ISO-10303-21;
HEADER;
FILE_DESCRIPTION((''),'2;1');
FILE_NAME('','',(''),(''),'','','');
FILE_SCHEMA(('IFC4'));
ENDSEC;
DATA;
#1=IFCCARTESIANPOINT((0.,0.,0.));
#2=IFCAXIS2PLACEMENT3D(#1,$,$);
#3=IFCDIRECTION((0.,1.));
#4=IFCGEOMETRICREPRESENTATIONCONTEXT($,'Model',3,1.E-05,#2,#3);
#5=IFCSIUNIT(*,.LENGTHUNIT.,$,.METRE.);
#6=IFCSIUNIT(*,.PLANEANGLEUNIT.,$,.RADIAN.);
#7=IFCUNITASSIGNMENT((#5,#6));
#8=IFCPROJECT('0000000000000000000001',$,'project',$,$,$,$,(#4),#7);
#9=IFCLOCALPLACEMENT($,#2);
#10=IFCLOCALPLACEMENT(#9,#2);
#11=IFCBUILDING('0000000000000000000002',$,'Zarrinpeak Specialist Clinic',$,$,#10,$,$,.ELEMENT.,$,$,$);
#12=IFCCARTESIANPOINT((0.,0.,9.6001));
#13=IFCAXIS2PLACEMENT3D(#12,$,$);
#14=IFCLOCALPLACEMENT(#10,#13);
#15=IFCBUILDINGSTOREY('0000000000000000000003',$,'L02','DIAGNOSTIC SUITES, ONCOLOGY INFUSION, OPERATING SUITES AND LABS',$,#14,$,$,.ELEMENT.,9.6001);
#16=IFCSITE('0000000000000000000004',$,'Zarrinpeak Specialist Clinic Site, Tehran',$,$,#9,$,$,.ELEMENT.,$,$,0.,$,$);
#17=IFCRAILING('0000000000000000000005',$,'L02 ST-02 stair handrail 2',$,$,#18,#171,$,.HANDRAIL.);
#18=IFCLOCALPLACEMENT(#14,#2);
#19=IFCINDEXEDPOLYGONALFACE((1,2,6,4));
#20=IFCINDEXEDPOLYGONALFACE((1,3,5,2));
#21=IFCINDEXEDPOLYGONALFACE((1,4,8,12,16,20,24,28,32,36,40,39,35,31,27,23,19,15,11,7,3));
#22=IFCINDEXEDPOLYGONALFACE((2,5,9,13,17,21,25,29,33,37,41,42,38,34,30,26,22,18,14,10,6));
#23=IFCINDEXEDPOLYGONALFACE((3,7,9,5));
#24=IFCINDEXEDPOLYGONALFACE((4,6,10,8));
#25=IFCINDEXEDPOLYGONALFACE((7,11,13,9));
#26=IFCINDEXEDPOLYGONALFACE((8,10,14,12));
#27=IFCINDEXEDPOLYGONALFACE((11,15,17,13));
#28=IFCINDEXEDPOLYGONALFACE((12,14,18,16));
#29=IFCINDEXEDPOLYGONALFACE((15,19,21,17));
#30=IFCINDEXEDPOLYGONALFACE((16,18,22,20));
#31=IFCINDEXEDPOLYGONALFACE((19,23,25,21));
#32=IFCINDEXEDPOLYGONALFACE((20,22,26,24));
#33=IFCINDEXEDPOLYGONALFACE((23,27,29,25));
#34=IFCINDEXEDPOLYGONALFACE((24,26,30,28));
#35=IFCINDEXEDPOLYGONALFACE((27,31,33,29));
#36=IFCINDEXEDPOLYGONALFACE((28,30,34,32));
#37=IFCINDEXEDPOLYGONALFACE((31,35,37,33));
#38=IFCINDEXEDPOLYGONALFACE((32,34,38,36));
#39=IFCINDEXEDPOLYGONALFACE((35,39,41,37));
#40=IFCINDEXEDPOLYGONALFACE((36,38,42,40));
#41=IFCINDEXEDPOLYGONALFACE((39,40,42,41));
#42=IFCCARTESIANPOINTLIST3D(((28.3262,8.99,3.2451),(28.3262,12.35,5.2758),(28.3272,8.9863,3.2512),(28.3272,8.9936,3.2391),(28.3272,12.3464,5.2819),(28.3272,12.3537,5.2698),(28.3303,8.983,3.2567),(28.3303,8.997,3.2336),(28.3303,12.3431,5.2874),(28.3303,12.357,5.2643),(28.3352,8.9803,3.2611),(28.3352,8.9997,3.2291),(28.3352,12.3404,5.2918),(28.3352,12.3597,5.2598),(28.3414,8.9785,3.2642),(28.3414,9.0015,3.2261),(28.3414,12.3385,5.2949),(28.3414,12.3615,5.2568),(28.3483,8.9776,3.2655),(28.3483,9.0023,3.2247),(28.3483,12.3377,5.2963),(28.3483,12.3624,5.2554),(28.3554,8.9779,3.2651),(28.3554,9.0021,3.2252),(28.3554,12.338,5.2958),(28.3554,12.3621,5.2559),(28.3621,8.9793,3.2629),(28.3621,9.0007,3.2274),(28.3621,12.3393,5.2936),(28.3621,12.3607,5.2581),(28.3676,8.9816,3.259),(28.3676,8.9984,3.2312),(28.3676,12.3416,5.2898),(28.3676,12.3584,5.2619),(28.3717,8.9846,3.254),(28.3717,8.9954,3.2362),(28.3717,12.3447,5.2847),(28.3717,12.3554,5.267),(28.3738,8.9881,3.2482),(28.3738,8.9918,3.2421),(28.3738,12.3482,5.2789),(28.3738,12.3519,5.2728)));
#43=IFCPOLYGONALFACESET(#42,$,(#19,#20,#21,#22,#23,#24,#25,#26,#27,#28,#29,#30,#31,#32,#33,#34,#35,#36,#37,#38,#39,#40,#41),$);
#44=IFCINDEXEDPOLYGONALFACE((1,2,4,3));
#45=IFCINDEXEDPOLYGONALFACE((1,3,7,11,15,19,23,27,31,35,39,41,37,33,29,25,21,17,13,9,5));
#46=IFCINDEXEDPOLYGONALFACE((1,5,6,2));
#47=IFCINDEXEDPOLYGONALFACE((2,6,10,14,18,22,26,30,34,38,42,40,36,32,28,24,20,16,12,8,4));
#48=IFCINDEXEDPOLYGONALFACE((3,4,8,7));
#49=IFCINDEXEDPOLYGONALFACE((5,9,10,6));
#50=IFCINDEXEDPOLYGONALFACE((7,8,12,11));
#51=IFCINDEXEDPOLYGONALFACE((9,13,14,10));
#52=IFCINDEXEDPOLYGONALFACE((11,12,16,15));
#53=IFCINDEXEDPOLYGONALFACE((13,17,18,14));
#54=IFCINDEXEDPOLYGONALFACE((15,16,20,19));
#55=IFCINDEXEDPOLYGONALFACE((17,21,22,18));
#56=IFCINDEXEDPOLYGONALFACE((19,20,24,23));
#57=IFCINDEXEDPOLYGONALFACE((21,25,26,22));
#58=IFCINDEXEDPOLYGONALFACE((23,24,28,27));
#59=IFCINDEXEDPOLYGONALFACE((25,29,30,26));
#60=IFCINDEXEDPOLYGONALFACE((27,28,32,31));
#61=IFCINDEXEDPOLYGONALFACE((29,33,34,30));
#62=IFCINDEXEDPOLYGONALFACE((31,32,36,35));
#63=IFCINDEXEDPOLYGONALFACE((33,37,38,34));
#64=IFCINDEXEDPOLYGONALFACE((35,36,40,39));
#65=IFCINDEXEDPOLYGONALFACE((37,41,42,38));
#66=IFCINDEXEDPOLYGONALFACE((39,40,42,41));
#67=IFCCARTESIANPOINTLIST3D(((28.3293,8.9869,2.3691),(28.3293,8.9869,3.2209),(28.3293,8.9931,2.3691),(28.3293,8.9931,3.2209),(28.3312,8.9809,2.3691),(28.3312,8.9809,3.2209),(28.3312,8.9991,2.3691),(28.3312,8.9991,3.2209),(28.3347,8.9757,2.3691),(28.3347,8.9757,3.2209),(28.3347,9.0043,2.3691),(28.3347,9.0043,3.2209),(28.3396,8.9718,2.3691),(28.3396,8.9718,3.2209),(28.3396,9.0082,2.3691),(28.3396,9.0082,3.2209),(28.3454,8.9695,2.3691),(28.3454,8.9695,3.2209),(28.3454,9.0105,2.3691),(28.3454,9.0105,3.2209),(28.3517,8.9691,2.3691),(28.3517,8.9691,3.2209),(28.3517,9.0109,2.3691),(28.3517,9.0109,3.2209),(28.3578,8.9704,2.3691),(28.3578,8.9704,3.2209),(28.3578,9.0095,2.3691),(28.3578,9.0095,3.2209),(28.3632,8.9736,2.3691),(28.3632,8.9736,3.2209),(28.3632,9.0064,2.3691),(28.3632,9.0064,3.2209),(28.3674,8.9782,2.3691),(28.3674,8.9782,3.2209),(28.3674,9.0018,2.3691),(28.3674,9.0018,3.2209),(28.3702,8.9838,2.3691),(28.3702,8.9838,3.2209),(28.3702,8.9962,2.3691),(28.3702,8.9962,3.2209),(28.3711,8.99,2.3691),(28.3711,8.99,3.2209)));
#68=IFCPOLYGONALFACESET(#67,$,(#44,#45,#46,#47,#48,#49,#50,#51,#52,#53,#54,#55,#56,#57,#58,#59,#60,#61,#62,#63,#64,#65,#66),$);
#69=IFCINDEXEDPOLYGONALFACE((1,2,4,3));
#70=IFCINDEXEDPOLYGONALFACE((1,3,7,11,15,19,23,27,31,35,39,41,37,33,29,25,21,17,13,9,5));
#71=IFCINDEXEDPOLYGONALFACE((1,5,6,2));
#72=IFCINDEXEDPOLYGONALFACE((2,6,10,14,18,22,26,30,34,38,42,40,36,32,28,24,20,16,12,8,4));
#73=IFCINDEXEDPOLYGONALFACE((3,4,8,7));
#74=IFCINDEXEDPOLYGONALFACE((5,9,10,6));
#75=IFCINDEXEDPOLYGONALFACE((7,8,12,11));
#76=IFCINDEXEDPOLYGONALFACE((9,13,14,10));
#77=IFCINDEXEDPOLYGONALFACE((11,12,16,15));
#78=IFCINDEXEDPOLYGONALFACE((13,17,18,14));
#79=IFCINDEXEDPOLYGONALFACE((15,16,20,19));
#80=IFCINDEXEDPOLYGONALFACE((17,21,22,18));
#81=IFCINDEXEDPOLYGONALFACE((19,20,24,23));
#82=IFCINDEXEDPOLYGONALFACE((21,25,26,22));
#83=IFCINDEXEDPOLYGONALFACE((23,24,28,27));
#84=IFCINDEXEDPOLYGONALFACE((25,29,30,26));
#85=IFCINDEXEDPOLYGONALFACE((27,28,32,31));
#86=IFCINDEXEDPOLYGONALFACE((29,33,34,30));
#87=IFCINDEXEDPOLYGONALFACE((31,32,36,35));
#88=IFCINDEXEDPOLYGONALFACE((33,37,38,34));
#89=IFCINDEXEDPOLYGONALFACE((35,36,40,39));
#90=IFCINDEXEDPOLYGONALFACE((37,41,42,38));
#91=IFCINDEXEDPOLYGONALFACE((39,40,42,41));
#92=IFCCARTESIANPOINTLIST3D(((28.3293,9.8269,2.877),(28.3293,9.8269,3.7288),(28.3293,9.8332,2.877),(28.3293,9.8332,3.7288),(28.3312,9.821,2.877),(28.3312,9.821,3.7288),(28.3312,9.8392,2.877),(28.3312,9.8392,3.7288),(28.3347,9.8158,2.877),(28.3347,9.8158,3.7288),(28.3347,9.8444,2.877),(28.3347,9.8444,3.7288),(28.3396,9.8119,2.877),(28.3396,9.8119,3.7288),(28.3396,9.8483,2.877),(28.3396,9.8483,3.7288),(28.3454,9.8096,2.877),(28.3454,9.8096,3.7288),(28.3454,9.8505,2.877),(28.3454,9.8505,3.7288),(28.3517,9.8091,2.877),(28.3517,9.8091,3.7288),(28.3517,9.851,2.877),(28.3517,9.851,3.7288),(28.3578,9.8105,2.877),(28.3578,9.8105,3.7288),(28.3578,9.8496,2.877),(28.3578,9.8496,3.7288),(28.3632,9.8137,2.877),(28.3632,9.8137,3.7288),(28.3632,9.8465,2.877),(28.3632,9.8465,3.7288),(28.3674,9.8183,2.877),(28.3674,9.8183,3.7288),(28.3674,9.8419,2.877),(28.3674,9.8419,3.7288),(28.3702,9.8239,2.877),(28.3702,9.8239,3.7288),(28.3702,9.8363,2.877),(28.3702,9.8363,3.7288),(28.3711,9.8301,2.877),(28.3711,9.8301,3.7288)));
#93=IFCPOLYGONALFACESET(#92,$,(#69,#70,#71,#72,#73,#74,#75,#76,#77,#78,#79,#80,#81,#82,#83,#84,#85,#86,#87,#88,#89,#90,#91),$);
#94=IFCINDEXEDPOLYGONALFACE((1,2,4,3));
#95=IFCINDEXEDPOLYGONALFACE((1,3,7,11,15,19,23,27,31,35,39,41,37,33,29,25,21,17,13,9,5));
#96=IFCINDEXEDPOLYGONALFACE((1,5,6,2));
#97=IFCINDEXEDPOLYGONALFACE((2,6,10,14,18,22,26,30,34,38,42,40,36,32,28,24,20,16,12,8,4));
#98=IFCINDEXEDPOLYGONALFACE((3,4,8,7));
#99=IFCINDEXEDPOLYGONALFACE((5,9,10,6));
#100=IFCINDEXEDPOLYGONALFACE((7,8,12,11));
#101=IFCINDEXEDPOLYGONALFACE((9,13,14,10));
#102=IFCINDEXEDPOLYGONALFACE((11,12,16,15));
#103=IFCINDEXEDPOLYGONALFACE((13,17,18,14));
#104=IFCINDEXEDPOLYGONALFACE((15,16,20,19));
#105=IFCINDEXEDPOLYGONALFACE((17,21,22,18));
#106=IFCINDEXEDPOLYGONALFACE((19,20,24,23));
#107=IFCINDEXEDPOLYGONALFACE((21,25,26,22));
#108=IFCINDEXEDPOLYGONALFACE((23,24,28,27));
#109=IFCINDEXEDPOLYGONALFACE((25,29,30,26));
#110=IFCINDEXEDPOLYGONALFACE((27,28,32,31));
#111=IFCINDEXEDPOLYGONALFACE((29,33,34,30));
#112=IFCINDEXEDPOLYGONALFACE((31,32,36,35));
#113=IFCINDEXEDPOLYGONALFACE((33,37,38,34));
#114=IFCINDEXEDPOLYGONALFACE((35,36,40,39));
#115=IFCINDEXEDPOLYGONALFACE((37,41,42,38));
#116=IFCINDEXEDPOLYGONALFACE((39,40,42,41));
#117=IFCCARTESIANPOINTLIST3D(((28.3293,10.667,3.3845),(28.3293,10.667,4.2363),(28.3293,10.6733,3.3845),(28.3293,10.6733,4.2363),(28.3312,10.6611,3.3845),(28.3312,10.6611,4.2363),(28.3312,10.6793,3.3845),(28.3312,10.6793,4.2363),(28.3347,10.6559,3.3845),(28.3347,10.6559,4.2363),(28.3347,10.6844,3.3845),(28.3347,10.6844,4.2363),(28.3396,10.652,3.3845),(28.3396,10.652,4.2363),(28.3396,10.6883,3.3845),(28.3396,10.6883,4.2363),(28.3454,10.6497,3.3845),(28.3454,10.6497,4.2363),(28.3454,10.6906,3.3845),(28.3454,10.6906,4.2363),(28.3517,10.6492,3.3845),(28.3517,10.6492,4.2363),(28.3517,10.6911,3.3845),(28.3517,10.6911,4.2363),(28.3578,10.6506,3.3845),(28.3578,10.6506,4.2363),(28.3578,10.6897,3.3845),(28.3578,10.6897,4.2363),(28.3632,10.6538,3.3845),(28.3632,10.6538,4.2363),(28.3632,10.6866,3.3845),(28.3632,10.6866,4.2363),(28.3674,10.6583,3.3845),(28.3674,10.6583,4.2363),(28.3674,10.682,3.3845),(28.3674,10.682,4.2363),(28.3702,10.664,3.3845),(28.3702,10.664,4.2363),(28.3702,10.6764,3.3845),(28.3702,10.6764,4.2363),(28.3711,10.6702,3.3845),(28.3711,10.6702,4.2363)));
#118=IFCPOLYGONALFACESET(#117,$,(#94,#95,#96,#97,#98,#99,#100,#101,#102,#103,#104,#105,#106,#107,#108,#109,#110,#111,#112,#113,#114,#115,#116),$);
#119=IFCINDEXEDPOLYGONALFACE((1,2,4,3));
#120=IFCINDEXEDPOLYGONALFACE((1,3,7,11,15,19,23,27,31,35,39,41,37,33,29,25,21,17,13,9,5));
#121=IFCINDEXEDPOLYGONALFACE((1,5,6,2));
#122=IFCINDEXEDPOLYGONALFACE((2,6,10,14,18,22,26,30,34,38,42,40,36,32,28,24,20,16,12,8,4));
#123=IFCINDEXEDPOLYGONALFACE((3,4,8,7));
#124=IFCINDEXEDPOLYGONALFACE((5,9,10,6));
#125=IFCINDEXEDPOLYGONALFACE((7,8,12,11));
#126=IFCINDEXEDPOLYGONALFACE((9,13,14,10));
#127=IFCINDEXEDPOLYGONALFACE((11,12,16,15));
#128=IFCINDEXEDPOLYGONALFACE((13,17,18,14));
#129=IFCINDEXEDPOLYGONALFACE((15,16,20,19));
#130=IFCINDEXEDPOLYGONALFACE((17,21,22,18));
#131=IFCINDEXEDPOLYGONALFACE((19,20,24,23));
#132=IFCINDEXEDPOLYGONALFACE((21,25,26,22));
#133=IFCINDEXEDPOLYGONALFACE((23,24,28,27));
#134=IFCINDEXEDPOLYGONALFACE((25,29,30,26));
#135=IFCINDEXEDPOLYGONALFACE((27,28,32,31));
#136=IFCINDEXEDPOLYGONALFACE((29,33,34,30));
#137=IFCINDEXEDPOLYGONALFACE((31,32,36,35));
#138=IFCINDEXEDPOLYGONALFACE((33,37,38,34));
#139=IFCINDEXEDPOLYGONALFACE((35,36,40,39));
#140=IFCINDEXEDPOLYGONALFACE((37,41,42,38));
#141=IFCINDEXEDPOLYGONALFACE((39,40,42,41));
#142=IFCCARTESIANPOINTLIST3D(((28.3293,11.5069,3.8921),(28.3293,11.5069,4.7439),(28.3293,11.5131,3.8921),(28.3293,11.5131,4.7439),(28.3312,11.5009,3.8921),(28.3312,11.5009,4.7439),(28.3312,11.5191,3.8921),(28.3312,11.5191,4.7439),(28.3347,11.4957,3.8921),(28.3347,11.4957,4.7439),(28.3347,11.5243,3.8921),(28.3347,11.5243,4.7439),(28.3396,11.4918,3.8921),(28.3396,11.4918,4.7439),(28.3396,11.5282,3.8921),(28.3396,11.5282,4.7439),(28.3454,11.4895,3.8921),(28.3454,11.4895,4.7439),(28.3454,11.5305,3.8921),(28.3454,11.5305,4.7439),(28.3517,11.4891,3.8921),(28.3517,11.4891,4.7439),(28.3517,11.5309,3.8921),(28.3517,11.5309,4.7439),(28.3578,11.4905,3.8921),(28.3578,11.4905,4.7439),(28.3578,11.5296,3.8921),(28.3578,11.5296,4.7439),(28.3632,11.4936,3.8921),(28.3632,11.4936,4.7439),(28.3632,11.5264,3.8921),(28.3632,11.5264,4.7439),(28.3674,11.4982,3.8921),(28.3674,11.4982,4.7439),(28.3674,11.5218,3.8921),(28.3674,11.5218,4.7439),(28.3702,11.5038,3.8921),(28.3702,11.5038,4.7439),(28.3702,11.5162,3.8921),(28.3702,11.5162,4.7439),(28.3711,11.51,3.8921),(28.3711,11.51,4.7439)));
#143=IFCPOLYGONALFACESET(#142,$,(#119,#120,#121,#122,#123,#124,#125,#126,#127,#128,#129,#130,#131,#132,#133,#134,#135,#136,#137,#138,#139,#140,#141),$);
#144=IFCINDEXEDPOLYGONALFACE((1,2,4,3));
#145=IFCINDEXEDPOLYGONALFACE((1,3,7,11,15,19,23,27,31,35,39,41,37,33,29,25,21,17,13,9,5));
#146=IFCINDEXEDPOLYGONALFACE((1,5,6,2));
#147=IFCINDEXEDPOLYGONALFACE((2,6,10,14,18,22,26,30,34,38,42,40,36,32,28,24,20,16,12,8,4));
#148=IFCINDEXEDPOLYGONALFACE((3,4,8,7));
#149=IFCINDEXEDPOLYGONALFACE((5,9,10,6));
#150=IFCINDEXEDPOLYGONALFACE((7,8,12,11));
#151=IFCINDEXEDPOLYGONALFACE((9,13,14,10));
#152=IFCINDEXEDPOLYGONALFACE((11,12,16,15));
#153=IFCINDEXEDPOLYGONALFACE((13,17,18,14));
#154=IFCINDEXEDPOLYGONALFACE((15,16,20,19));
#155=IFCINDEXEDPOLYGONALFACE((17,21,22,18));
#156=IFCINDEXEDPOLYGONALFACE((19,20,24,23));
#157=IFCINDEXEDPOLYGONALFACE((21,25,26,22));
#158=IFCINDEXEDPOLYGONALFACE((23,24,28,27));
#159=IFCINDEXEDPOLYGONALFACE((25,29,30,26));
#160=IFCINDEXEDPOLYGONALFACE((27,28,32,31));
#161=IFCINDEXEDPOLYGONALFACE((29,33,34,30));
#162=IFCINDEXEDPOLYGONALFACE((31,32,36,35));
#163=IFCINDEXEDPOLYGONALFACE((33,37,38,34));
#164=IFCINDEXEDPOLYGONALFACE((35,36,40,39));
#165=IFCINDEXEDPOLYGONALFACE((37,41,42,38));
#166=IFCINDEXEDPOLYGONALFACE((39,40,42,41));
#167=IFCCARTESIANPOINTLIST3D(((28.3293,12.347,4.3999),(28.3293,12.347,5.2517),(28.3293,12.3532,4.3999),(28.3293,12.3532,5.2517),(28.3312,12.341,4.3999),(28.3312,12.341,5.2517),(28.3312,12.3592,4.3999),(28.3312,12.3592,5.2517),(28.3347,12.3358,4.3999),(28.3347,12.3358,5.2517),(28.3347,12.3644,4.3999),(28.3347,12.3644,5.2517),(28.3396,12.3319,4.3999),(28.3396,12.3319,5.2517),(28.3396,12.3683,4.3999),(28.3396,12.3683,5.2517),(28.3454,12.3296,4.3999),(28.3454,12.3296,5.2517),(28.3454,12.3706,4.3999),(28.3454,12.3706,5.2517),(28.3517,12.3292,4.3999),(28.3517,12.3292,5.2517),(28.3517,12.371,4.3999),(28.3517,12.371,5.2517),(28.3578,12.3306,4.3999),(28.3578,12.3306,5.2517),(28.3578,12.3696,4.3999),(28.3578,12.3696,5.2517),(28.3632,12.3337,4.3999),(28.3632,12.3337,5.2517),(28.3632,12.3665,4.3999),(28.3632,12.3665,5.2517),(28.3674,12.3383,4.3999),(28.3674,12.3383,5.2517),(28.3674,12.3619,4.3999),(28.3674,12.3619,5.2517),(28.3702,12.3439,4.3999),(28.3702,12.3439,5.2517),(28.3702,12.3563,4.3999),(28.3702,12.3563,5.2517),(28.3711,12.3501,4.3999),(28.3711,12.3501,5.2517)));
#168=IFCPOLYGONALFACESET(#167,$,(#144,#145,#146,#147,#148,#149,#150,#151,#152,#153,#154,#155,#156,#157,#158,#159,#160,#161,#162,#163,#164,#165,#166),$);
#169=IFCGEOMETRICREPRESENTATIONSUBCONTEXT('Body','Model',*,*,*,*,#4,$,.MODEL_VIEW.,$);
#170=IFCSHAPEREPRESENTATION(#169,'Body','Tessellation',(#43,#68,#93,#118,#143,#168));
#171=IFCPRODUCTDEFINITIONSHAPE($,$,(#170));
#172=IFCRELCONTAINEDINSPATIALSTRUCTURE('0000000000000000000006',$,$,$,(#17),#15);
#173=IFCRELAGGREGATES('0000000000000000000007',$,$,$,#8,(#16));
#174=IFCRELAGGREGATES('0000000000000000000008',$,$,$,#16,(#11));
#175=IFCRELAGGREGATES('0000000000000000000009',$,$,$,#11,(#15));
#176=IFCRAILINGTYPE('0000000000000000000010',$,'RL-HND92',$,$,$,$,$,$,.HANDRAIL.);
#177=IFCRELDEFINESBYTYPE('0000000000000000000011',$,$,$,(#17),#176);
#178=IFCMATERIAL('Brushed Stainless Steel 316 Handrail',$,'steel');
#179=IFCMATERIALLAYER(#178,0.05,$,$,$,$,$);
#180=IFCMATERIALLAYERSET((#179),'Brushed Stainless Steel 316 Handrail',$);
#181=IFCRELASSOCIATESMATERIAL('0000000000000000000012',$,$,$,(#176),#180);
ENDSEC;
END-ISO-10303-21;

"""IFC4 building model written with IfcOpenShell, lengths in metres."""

from ifc_helpers import new_model, si_unit, direction, frame, origin, origin_2d, place, context, subcontext, project, spatial, circle, extrude, material, layer, layer_set, type_object, element, save


model = new_model("IFC4")

# Units and contexts
model_context = context("Model", 3, precision=1e-05, world=origin(), true_north=direction((0.0, 1.0)))
body_context = subcontext(model_context, "Body", "Model", "MODEL_VIEW")
ifc_project = project(units=[si_unit("LENGTHUNIT", "METRE"), si_unit("PLANEANGLEUNIT", "RADIAN")], contexts=[model_context])

# Site, building, storey
site_placement = place(None, origin())
site = spatial("IfcSite", under=ifc_project, at=site_placement, Name="Zarrinpeak Specialist Clinic Site, Tehran", CompositionType="ELEMENT", RefElevation=0.0)
building_placement = place(site_placement, origin())
building = spatial("IfcBuilding", under=site, at=building_placement, Name="Zarrinpeak Specialist Clinic", CompositionType="ELEMENT")
storey_placement = place(building_placement, frame((0.0, 0.0, 9.6001)))
storey = spatial("IfcBuildingStorey", under=building, at=storey_placement, Name="L02", Description="DIAGNOSTIC SUITES, ONCOLOGY INFUSION, OPERATING SUITES AND LABS", CompositionType="ELEMENT", Elevation=9.6001)

# Railing
ifc_material_1 = material(Name="Brushed Stainless Steel 316 Handrail", Category="steel")
ifc_layer_1 = layer(ifc_material_1, 0.05)
ifc_layer_set_1 = layer_set([ifc_layer_1], Name="Brushed Stainless Steel 316 Handrail")
railing_type_1 = type_object("IfcRailingType", Name="RL-HND92", PredefinedType="HANDRAIL", material=ifc_layer_set_1)
railing_1_placement = place(storey_placement, frame((28.3501, 8.99, 2.3691)))
element("IfcRailing", 1, at=railing_1_placement, inside=storey, type_object=railing_type_1, Name="L02 ST-02 stair handrail 2", PredefinedType="HANDRAIL", context=body_context, shape_type="SweptSolid", body=[
    extrude(circle(Radius=0.0239, at=origin_2d()), frame((0.0, 0.0, 0.876), z_axis=(0.0, 0.855837, 0.517246), x_axis=(-1.0, 0.0, 0.0)), (0.0, 0.0, 1.0), 3.926),
    extrude(circle(Radius=0.021, at=origin_2d()), origin(), (0.0, 0.0, 1.0), 0.8518),
    extrude(circle(Radius=0.021, at=origin_2d()), frame((0.0, 0.8401, 0.5078)), (0.0, 0.0, 1.0), 0.8518),
    extrude(circle(Radius=0.021, at=origin_2d()), frame((0.0, 1.6802, 1.0154)), (0.0, 0.0, 1.0), 0.8518),
    extrude(circle(Radius=0.021, at=origin_2d()), frame((0.0, 2.52, 1.5229)), (0.0, 0.0, 1.0), 0.8518),
    extrude(circle(Radius=0.021, at=origin_2d()), frame((0.0, 3.3601, 2.0308)), (0.0, 0.0, 1.0), 0.8518),
])

save(model, "model.ifc")
